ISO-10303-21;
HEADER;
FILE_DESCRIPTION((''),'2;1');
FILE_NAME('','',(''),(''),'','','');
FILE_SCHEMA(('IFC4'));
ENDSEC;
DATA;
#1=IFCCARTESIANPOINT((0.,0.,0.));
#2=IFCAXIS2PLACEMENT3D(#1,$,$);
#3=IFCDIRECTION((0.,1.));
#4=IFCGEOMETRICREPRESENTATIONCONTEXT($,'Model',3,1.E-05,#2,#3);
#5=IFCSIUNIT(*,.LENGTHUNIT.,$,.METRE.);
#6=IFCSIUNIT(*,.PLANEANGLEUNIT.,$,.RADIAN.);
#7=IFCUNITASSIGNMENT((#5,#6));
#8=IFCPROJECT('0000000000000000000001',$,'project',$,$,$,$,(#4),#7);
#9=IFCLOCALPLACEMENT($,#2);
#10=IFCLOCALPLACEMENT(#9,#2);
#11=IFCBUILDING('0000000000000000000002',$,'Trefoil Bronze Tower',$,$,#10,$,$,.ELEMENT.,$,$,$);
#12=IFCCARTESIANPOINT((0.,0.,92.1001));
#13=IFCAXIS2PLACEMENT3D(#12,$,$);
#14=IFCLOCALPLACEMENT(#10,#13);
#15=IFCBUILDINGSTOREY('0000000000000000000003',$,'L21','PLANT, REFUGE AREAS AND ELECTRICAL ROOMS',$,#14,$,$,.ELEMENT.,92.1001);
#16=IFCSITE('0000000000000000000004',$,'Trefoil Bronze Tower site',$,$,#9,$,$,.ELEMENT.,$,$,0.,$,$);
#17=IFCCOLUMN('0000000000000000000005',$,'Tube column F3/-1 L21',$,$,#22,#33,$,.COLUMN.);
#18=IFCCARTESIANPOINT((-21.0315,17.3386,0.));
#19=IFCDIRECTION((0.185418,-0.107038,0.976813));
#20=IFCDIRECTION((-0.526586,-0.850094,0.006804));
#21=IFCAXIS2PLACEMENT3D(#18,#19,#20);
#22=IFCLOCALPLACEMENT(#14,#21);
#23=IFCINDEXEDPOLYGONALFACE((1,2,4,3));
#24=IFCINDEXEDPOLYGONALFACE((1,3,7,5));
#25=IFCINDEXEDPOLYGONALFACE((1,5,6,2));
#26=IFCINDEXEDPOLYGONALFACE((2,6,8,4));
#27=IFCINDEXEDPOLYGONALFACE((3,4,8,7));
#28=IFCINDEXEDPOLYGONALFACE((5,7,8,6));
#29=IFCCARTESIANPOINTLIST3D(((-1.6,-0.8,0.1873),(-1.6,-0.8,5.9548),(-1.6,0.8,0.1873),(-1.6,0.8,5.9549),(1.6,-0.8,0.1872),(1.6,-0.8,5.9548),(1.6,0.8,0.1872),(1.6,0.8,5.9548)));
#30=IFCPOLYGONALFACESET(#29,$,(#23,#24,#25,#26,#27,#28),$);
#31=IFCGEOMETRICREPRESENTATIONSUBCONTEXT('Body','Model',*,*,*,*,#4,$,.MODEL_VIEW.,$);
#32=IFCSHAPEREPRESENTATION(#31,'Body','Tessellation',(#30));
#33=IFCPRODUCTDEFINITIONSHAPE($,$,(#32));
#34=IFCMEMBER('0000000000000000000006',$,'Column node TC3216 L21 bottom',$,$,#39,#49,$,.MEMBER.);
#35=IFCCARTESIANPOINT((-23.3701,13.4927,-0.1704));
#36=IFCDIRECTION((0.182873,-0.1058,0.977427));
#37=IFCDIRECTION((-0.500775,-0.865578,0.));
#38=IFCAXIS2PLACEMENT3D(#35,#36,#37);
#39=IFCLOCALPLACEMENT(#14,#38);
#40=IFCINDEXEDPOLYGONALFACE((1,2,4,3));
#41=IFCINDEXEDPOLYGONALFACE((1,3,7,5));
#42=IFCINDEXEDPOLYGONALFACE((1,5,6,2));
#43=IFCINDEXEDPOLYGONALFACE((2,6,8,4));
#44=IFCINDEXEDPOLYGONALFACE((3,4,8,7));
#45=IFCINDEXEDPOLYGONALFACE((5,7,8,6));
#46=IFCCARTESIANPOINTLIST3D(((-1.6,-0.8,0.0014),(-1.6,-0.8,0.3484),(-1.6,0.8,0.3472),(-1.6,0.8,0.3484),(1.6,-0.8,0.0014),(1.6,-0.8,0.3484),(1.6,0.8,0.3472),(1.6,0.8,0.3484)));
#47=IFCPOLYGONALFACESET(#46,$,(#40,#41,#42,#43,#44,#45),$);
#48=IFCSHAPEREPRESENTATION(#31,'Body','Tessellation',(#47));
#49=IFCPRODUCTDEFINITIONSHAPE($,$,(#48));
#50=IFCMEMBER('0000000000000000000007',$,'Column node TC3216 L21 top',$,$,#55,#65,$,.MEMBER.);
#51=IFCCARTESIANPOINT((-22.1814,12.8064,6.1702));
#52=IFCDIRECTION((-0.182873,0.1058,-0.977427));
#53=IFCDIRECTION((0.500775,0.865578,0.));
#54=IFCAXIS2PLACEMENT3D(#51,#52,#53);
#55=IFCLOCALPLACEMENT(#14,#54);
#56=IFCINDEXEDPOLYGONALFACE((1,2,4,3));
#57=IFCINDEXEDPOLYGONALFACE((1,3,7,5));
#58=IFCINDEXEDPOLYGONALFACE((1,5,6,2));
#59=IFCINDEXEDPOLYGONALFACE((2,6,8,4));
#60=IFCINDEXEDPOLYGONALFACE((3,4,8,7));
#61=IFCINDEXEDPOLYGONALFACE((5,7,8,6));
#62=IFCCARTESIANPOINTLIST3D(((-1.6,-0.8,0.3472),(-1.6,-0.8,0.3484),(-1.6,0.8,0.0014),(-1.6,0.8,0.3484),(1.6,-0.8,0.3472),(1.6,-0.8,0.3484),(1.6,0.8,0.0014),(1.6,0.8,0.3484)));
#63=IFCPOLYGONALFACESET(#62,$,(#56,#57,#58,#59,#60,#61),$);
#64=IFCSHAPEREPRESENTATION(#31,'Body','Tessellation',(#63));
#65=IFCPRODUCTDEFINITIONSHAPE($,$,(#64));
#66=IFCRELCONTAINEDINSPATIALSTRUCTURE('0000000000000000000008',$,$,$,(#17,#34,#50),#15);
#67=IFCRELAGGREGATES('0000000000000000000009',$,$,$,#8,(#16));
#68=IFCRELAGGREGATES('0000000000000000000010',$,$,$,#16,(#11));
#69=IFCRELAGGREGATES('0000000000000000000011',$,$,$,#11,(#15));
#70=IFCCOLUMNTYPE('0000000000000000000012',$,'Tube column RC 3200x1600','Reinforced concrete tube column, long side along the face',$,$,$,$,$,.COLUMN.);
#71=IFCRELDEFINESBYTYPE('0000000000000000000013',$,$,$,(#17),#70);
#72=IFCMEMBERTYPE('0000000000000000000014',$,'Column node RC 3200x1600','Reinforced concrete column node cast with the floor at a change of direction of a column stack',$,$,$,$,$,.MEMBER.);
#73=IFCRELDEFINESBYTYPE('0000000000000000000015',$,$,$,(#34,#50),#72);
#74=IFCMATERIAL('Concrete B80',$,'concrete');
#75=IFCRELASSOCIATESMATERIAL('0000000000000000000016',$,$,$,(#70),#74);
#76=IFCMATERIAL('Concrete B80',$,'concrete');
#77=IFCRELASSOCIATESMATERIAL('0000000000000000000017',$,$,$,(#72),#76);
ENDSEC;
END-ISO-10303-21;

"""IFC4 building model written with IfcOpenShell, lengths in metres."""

from ifc_helpers import new_model, si_unit, direction, frame, origin, origin_2d, place, context, subcontext, project, spatial, rectangle, extrude, clip, halfspace, material, material_profile, profile_set, type_object, element, save


model = new_model("IFC4")

# Units and contexts
model_context = context("Model", 3, precision=1e-05, world=origin(), true_north=direction((0.0, 1.0)))
body_context = subcontext(model_context, "Body", "Model", "MODEL_VIEW")
ifc_project = project(units=[si_unit("LENGTHUNIT", "METRE"), si_unit("PLANEANGLEUNIT", "RADIAN")], contexts=[model_context])

# Site, building, storey
site_placement = place(None, origin())
site = spatial("IfcSite", under=ifc_project, at=site_placement, Name="Trefoil Bronze Tower site", CompositionType="ELEMENT", RefElevation=0.0)
building_placement = place(site_placement, origin())
building = spatial("IfcBuilding", under=site, at=building_placement, Name="Trefoil Bronze Tower", CompositionType="ELEMENT")
storey_placement = place(building_placement, frame((0.0, 0.0, 92.1001)))
storey = spatial("IfcBuildingStorey", under=building, at=storey_placement, Name="L21", Description="PLANT, REFUGE AREAS AND ELECTRICAL ROOMS", CompositionType="ELEMENT", Elevation=92.1001)

# Column
ifc_material_1 = material(Name="Concrete B80", Category="concrete")
ifc_material_profile_1 = material_profile(ifc_material_1, rectangle(XDim=3.2, YDim=1.6001, at=origin_2d()), Name="RC 3200x1600")
ifc_profile_set_1 = profile_set([ifc_material_profile_1], Name="Concrete B80")
column_type = type_object("IfcColumnType", Name="Tube column RC 3200x1600", Description="Reinforced concrete tube column, long side along the face", PredefinedType="COLUMN", material=ifc_profile_set_1)
column_1_placement = place(storey_placement, frame((-21.0315, 17.3386, 0.0), z_axis=(0.185418, -0.107038, 0.976813), x_axis=(-0.526586, -0.850094, 0.006804)))
element("IfcColumn", 1, at=column_1_placement, inside=storey, type_object=column_type, Name="Tube column F3/-1 L21", PredefinedType="COLUMN", context=body_context, shape_type="Clipping", body=[
    clip(clip(extrude(rectangle(XDim=3.2, YDim=1.6001, at=origin_2d()), origin(), (0.0, 0.0, 1.0), 6.1423), halfspace(frame((0.0, 0.0, 0.1873), z_axis=(0.000012, -0.000005, 1.0), x_axis=(0.0, 1.0, 0.000005)), True)), halfspace(frame((0.0, 0.0, 5.9548), z_axis=(-0.000012, 0.000005, -1.0), x_axis=(0.0, -1.0, -0.000005)), True)),
])

# Members
ifc_material_2 = material(Name="Concrete B80", Category="concrete")
ifc_material_profile_2 = material_profile(ifc_material_2, rectangle(XDim=3.2, YDim=1.6001, at=origin_2d()), Name="RC 3200x1600")
ifc_profile_set_2 = profile_set([ifc_material_profile_2], Name="Concrete B80")
member_type_1 = type_object("IfcMemberType", Name="Column node RC 3200x1600", Description="Reinforced concrete column node cast with the floor at a change of direction of a column stack", PredefinedType="MEMBER", material=ifc_profile_set_2)
member_1_placement = place(storey_placement, frame((-23.3701, 13.4927, -0.1704), z_axis=(0.182873, -0.1058, 0.977427), x_axis=(-0.500775, -0.865578, 0.0)))
element("IfcMember", 2, at=member_1_placement, inside=storey, type_object=member_type_1, Name="Column node TC3216 L21 bottom", PredefinedType="MEMBER", context=body_context, shape_type="Clipping", body=[
    clip(extrude(rectangle(XDim=3.2, YDim=1.6001, at=origin_2d()), origin(), (0.0, 0.0, 1.0), 0.3484), halfspace(frame((0.0, 0.0, 0.1743), z_axis=(0.0, -0.211273, 0.977427), x_axis=(0.0, 0.977427, 0.211273)), True)),
])
member_2_placement = place(storey_placement, frame((-22.1814, 12.8064, 6.1702), z_axis=(-0.182873, 0.1058, -0.977427), x_axis=(0.500775, 0.865578, 0.0)))
element("IfcMember", 3, at=member_2_placement, inside=storey, type_object=member_type_1, Name="Column node TC3216 L21 top", PredefinedType="MEMBER", context=body_context, shape_type="Clipping", body=[
    clip(extrude(rectangle(XDim=3.2, YDim=1.6001, at=origin_2d()), origin(), (0.0, 0.0, 1.0), 0.3484), halfspace(frame((0.0, 0.0, 0.1743), z_axis=(0.0, 0.211273, 0.977427), x_axis=(0.0, 0.977427, -0.211273)), True)),
])

save(model, "model.ifc")
